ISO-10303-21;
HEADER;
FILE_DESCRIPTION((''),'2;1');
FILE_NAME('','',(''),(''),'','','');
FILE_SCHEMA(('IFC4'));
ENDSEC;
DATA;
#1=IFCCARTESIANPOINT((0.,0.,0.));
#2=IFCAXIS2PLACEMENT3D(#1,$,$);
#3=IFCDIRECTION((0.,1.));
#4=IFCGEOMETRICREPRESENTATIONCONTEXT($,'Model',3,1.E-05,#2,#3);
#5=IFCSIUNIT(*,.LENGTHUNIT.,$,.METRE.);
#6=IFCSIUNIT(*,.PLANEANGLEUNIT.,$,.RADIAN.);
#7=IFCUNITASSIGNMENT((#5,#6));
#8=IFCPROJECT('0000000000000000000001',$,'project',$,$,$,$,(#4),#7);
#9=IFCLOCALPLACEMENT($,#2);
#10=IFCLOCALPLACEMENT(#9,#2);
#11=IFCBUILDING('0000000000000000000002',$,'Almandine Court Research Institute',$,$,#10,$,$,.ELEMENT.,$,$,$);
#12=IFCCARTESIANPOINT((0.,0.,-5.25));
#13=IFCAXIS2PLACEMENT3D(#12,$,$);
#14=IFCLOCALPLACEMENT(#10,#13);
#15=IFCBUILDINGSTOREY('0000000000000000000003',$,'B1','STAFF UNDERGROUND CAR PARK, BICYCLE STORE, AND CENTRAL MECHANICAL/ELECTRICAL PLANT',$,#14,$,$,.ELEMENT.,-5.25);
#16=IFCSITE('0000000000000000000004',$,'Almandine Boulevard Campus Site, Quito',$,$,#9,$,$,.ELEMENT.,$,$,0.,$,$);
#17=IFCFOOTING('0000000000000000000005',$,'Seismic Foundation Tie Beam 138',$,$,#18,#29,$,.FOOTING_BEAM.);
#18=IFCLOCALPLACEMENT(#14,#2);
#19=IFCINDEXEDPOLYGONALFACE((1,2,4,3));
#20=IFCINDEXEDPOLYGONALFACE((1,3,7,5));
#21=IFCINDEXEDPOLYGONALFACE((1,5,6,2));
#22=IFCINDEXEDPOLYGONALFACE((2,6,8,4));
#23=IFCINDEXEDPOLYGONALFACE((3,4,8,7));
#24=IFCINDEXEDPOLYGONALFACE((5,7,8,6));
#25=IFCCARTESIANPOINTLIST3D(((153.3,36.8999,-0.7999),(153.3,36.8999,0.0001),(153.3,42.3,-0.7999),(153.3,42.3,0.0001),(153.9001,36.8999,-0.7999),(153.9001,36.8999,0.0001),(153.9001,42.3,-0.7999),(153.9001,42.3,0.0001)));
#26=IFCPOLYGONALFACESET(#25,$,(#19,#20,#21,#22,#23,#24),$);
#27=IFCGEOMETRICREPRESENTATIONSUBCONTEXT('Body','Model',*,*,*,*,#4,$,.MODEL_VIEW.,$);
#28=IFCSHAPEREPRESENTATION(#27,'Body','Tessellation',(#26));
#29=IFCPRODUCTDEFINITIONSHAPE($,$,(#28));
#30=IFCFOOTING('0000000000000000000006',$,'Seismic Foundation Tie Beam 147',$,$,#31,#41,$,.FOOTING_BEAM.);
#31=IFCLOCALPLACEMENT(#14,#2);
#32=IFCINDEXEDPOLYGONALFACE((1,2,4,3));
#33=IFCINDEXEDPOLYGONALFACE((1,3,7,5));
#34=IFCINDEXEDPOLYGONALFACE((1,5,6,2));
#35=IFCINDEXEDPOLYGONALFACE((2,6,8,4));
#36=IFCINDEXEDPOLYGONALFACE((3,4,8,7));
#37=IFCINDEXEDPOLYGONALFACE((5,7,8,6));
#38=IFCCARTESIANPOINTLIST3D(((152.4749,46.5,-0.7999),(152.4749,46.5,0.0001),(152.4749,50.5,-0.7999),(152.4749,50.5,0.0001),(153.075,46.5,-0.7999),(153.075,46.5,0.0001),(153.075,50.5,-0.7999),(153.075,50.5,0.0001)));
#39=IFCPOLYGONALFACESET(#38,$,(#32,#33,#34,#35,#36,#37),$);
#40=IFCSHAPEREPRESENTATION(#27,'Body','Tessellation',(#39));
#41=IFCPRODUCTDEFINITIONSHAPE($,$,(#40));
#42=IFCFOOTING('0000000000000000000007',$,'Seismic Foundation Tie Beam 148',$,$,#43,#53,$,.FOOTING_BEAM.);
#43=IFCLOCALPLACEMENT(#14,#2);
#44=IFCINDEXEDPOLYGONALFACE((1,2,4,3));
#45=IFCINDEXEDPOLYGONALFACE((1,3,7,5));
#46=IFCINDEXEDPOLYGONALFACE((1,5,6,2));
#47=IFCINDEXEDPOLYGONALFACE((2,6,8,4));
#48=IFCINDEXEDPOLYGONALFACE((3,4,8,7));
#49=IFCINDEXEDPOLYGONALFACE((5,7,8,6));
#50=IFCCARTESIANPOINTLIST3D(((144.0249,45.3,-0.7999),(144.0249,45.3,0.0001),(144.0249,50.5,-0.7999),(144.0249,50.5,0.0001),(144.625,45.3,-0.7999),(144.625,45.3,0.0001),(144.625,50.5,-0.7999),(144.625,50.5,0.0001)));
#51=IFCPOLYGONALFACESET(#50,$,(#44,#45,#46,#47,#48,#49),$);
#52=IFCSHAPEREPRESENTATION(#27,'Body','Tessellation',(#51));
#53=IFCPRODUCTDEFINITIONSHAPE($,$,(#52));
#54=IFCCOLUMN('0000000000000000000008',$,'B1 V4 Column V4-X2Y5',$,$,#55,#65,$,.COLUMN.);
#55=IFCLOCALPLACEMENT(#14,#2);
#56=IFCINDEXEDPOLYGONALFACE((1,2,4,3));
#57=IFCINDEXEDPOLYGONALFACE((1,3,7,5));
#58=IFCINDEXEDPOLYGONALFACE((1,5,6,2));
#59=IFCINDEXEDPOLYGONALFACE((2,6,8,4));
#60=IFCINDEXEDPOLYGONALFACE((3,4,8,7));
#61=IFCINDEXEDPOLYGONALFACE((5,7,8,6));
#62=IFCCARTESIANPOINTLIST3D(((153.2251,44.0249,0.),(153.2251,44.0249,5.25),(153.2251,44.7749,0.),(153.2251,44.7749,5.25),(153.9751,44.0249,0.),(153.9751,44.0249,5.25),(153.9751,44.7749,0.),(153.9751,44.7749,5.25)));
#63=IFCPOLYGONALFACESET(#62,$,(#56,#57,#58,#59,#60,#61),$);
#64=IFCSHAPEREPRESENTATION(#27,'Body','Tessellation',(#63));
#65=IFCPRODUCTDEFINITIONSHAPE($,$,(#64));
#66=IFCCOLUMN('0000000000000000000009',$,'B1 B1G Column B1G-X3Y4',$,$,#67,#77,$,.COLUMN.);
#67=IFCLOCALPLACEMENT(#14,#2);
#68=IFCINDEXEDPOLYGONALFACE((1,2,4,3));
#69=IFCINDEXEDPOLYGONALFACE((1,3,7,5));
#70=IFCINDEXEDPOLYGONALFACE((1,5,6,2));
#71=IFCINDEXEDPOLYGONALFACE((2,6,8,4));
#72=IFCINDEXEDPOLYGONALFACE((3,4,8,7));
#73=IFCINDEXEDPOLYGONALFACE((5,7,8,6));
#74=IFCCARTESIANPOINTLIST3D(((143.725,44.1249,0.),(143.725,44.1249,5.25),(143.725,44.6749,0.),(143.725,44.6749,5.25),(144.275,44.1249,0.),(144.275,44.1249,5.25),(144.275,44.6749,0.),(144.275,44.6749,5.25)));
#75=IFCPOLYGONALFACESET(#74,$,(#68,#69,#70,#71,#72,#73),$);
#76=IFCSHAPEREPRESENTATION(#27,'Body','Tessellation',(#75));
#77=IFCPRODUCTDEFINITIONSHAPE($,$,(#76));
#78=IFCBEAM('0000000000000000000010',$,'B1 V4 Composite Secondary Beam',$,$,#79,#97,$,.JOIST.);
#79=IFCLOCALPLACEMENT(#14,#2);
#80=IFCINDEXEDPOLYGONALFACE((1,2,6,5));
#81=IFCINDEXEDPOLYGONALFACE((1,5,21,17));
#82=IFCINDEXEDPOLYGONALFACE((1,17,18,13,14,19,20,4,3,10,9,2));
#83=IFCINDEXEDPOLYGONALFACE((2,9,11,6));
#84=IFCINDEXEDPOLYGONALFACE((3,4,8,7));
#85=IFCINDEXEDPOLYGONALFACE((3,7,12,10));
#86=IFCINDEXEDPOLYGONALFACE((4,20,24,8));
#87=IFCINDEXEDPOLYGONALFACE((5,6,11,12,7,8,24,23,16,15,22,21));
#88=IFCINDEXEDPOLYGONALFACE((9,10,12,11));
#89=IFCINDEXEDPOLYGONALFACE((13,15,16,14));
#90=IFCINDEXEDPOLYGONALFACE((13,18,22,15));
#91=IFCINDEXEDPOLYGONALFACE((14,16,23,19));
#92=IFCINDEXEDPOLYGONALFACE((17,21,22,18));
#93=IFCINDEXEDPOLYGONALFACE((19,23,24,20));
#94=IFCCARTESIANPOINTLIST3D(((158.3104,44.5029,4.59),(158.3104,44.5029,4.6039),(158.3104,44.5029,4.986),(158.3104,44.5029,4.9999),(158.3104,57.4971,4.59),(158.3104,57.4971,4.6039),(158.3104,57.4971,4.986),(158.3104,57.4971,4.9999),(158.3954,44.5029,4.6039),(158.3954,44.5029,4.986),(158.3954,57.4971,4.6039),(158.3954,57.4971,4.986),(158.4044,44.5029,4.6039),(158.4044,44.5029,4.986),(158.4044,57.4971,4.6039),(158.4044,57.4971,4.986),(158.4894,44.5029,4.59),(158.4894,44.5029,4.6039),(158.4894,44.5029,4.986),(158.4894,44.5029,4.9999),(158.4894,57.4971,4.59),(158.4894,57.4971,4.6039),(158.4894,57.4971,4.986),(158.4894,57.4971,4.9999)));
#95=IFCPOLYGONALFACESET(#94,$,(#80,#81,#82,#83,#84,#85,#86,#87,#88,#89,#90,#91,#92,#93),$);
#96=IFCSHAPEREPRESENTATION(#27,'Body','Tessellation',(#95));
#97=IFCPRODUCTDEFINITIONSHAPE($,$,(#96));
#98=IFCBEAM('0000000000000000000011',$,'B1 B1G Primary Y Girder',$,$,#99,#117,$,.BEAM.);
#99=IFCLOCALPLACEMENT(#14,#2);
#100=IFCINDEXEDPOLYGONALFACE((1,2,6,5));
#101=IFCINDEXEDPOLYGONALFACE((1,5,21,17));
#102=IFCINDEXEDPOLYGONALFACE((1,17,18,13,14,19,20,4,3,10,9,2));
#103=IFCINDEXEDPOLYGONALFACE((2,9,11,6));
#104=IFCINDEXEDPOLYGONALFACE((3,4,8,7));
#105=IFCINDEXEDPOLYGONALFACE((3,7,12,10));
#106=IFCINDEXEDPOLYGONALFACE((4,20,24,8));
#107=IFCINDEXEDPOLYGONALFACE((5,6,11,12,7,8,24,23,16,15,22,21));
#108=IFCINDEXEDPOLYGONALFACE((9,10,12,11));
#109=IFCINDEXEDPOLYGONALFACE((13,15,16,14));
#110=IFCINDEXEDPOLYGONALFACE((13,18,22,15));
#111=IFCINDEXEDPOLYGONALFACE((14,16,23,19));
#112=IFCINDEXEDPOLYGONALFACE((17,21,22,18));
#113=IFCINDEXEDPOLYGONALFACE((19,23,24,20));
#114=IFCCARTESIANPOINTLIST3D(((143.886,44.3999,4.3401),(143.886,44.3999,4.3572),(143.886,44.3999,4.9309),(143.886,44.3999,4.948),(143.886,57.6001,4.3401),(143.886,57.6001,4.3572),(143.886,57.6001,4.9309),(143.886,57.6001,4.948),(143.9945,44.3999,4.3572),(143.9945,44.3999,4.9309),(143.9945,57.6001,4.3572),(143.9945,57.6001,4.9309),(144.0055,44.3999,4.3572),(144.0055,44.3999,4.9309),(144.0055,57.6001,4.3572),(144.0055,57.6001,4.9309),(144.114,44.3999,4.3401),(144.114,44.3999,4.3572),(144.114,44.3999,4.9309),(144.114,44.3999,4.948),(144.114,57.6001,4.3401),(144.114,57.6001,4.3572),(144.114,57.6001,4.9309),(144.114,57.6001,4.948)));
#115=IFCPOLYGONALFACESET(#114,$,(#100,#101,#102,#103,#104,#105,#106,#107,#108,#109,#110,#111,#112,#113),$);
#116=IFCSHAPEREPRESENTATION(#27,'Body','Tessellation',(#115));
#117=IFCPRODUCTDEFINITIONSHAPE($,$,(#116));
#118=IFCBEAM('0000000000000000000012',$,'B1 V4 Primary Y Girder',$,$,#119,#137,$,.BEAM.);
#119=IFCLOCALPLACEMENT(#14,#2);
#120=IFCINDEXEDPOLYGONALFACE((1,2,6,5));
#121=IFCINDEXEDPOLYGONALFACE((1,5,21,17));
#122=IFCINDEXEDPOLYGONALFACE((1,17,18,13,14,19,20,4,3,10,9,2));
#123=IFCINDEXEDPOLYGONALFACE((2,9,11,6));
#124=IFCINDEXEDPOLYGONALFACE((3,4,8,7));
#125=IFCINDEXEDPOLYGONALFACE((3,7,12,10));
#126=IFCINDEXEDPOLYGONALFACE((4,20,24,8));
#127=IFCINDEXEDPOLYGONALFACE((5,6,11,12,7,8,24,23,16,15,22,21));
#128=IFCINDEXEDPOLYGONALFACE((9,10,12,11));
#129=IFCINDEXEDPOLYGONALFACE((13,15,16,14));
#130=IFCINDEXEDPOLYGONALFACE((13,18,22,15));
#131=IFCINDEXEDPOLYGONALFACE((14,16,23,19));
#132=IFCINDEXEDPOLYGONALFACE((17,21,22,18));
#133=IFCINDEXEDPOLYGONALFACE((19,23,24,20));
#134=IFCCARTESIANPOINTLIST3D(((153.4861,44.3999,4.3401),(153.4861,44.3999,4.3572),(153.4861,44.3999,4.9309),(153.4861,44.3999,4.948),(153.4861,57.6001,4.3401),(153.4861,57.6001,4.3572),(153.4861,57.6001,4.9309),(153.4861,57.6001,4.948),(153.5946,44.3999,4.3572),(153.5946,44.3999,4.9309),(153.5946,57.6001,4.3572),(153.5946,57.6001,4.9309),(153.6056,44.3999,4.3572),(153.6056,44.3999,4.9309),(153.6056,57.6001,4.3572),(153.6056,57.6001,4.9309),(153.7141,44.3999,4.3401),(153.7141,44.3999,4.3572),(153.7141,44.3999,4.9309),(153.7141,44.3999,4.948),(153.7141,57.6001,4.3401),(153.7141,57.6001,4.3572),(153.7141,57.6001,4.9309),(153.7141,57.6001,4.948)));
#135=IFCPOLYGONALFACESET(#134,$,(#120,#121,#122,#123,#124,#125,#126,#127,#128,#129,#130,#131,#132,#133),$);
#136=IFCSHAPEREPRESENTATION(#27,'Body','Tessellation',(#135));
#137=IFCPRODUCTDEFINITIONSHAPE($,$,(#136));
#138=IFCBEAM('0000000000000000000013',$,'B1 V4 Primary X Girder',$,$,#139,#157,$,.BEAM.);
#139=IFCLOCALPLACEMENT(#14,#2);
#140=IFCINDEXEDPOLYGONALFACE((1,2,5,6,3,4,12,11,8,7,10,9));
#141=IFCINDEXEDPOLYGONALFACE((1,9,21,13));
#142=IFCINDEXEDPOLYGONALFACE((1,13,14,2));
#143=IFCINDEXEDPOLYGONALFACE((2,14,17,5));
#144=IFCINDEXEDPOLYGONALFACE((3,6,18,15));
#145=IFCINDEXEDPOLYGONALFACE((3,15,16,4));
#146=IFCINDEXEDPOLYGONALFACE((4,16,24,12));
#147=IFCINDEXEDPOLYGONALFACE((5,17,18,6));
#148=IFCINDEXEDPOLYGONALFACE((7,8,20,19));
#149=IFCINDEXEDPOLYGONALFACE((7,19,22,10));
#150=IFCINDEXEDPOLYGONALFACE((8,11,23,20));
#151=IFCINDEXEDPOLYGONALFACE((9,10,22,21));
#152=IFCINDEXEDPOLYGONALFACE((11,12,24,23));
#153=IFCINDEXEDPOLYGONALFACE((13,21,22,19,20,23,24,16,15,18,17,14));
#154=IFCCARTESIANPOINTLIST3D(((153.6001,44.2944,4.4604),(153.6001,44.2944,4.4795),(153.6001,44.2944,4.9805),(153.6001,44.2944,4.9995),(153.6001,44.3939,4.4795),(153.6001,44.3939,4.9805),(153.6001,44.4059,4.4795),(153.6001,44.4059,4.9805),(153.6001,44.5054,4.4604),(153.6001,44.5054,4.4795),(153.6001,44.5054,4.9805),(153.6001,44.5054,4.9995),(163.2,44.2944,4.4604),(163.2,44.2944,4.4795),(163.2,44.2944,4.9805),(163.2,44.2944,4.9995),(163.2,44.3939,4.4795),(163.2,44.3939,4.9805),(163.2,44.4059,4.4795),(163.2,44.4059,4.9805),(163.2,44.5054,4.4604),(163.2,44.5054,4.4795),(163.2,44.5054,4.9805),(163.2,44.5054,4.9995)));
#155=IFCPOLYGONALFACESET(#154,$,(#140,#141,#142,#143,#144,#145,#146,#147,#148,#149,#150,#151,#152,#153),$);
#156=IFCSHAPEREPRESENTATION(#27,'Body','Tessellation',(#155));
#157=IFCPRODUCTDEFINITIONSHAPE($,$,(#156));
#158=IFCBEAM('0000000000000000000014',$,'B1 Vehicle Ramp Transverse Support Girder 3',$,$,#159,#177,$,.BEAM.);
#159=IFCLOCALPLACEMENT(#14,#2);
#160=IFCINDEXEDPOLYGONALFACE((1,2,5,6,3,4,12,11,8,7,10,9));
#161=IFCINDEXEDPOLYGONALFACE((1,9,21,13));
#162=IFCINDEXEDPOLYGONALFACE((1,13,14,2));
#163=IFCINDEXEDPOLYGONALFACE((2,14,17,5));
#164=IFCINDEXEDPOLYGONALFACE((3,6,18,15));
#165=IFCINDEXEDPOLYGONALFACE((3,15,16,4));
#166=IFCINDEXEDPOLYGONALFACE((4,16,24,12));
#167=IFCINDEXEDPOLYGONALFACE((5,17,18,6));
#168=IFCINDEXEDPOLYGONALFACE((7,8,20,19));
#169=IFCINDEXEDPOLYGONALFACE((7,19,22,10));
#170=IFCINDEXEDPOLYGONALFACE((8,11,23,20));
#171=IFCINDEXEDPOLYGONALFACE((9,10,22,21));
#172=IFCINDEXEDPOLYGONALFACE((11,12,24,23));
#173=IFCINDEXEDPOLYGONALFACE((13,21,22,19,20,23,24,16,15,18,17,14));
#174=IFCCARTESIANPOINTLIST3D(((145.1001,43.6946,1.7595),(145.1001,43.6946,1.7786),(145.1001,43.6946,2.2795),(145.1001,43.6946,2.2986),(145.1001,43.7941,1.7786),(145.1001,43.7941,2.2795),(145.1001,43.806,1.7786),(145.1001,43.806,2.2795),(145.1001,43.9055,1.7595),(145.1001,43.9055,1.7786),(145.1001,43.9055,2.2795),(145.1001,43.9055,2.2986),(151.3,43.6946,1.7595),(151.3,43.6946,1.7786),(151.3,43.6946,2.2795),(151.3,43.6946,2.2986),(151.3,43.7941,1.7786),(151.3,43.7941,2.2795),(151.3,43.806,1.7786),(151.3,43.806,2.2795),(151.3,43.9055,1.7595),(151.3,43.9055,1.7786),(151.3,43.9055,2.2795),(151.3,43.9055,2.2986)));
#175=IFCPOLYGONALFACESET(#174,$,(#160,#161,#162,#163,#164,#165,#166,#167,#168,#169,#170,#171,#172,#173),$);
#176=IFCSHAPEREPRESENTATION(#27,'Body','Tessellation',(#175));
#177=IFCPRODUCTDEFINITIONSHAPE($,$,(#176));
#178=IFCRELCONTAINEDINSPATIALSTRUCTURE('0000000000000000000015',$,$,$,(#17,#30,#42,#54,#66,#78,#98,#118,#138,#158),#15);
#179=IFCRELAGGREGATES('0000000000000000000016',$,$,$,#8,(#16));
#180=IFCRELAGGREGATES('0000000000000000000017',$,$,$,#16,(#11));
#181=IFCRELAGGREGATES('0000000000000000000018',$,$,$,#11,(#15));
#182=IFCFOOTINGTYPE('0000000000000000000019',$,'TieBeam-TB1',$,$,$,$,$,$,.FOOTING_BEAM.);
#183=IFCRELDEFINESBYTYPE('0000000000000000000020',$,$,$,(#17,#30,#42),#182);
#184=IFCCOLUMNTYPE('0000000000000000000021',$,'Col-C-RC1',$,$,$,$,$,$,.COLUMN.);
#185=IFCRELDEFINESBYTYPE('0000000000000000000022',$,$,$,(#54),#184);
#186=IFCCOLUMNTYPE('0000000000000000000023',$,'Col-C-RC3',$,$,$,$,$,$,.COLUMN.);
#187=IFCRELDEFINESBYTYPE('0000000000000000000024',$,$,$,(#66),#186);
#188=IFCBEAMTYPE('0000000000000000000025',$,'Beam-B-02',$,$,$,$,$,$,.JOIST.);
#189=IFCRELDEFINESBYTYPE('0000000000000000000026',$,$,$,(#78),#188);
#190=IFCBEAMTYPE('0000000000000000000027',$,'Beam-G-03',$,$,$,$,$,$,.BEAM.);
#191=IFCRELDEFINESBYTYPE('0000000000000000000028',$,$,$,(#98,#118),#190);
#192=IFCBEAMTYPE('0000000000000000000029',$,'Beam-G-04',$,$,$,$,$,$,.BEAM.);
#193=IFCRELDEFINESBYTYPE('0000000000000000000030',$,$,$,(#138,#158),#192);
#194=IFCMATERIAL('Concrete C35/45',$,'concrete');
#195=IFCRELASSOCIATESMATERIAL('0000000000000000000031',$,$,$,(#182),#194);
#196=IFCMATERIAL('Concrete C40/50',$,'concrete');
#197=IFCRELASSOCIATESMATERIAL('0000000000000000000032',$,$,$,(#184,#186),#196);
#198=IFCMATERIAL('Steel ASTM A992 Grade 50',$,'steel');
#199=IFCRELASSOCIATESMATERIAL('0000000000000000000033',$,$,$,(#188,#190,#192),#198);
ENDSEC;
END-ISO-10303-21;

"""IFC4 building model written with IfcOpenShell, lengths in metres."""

from ifc_helpers import new_model, si_unit, direction, frame, origin, origin_2d, place, context, subcontext, project, spatial, rectangle, i_section, extrude, material, material_profile, profile_set, type_object, element, save


model = new_model("IFC4")

# Units and contexts
model_context = context("Model", 3, precision=1e-05, world=origin(), true_north=direction((0.0, 1.0)))
body_context = subcontext(model_context, "Body", "Model", "MODEL_VIEW")
ifc_project = project(units=[si_unit("LENGTHUNIT", "METRE"), si_unit("PLANEANGLEUNIT", "RADIAN")], contexts=[model_context])

# Site, building, storey
site_placement = place(None, origin())
site = spatial("IfcSite", under=ifc_project, at=site_placement, Name="Almandine Boulevard Campus Site, Quito", CompositionType="ELEMENT", RefElevation=0.0)
building_placement = place(site_placement, origin())
building = spatial("IfcBuilding", under=site, at=building_placement, Name="Almandine Court Research Institute", CompositionType="ELEMENT")
storey_placement = place(building_placement, frame((0.0, 0.0, -5.25)))
storey = spatial("IfcBuildingStorey", under=building, at=storey_placement, Name="B1", Description="STAFF UNDERGROUND CAR PARK, BICYCLE STORE, AND CENTRAL MECHANICAL/ELECTRICAL PLANT", CompositionType="ELEMENT", Elevation=-5.25)

# Shared definitions
ifc_material_1 = material(Name="Concrete C35/45", Category="concrete")

# Footings
ifc_material_profile_1 = material_profile(ifc_material_1, rectangle(XDim=0.6001, YDim=0.8, at=origin_2d()), Name="RC TIE 600x800")
ifc_profile_set_1 = profile_set([ifc_material_profile_1], Name="Concrete C35/45")
footing_type_1 = type_object("IfcFootingType", Name="TieBeam-TB1", PredefinedType="FOOTING_BEAM", material=ifc_profile_set_1)
for number, where, z_axis, x_axis, name in (
    (1, (153.6001, 36.8999, -0.3999), (0.0, 1.0, 0.0), (-1.0, 0.0, 0.0), "Seismic Foundation Tie Beam 138"),
):
    element("IfcFooting", number, at=place(storey_placement, frame(where, z_axis=z_axis, x_axis=x_axis)), inside=storey, type_object=footing_type_1, Name=name, PredefinedType="FOOTING_BEAM", context=body_context, shape_type="SweptSolid", body=[
        extrude(rectangle(XDim=0.6001, YDim=0.8, at=origin_2d()), origin(), (0.0, 0.0, 1.0), 5.4001),
    ])
footing_1_placement = place(storey_placement, frame((152.7749, 46.5, -0.3999), z_axis=(0.0, 1.0, 0.0), x_axis=(-1.0, 0.0, 0.0)))
element("IfcFooting", 2, at=footing_1_placement, inside=storey, type_object=footing_type_1, Name="Seismic Foundation Tie Beam 147", PredefinedType="FOOTING_BEAM", context=body_context, shape_type="SweptSolid", body=[
    extrude(rectangle(XDim=0.6001, YDim=0.8, at=origin_2d()), origin(), (0.0, 0.0, 1.0), 4.0),
])
footing_2_placement = place(storey_placement, frame((144.325, 45.3, -0.3999), z_axis=(0.0, 1.0, 0.0), x_axis=(-1.0, 0.0, 0.0)))
element("IfcFooting", 3, at=footing_2_placement, inside=storey, type_object=footing_type_1, Name="Seismic Foundation Tie Beam 148", PredefinedType="FOOTING_BEAM", context=body_context, shape_type="SweptSolid", body=[
    extrude(rectangle(XDim=0.6001, YDim=0.8, at=origin_2d()), origin(), (0.0, 0.0, 1.0), 5.2),
])

# Columns
ifc_material_2 = material(Name="Concrete C40/50", Category="concrete")
ifc_material_profile_2 = material_profile(ifc_material_2, rectangle(XDim=0.75, YDim=0.75, at=origin_2d()), Name="RC 750x750")
ifc_profile_set_2 = profile_set([ifc_material_profile_2], Name="Concrete C40/50")
column_type_1 = type_object("IfcColumnType", Name="Col-C-RC1", PredefinedType="COLUMN", material=ifc_profile_set_2)
column_1_placement = place(storey_placement, frame((153.6001, 44.3999, 0.0), z_axis=(0.0, 0.0, 1.0), x_axis=(1.0, 0.0, 0.0)))
element("IfcColumn", 4, at=column_1_placement, inside=storey, type_object=column_type_1, Name="B1 V4 Column V4-X2Y5", PredefinedType="COLUMN", context=body_context, shape_type="SweptSolid", body=[
    extrude(rectangle(XDim=0.75, YDim=0.75, at=origin_2d()), origin(), (0.0, 0.0, 1.0), 5.25),
])
ifc_material_profile_3 = material_profile(ifc_material_2, rectangle(XDim=0.55, YDim=0.55, at=origin_2d()), Name="RC 550x550")
ifc_profile_set_3 = profile_set([ifc_material_profile_3], Name="Concrete C40/50")
column_type_2 = type_object("IfcColumnType", Name="Col-C-RC3", PredefinedType="COLUMN", material=ifc_profile_set_3)
column_2_placement = place(storey_placement, frame((144.0, 44.3999, 0.0), z_axis=(0.0, 0.0, 1.0), x_axis=(1.0, 0.0, 0.0)))
element("IfcColumn", 5, at=column_2_placement, inside=storey, type_object=column_type_2, Name="B1 B1G Column B1G-X3Y4", PredefinedType="COLUMN", context=body_context, shape_type="SweptSolid", body=[
    extrude(rectangle(XDim=0.55, YDim=0.55, at=origin_2d()), origin(), (0.0, 0.0, 1.0), 5.25),
])

# Beams
ifc_material_3 = material(Name="Steel ASTM A992 Grade 50", Category="steel")
ifc_material_profile_4 = material_profile(ifc_material_3, i_section(OverallWidth=0.179, OverallDepth=0.4099, WebThickness=0.009, FlangeThickness=0.0139, at=origin_2d()), Name="W410x67")
ifc_profile_set_4 = profile_set([ifc_material_profile_4], Name="Steel ASTM A992 Grade 50")
beam_type_1 = type_object("IfcBeamType", Name="Beam-B-02", PredefinedType="JOIST", material=ifc_profile_set_4)
beam_1_placement = place(storey_placement, frame((158.3999, 44.5029, 4.7949), z_axis=(0.0, 1.0, 0.0), x_axis=(-1.0, 0.0, 0.0)))
element("IfcBeam", 6, at=beam_1_placement, inside=storey, type_object=beam_type_1, Name="B1 V4 Composite Secondary Beam", PredefinedType="JOIST", context=body_context, shape_type="SweptSolid", body=[
    extrude(i_section(OverallWidth=0.179, OverallDepth=0.4099, WebThickness=0.009, FlangeThickness=0.0139, at=origin_2d()), origin(), (0.0, 0.0, 1.0), 12.9941),
])
ifc_material_profile_5 = material_profile(ifc_material_3, i_section(OverallWidth=0.228, OverallDepth=0.6079, WebThickness=0.011, FlangeThickness=0.0171, at=origin_2d()), Name="W610x113")
ifc_profile_set_5 = profile_set([ifc_material_profile_5], Name="Steel ASTM A992 Grade 50")
beam_type_2 = type_object("IfcBeamType", Name="Beam-G-03", PredefinedType="BEAM", material=ifc_profile_set_5)
for number, where, z_axis, x_axis, name in (
    (7, (144.0, 44.3999, 4.644), (0.0, 1.0, 0.0), (-1.0, 0.0, 0.0), "B1 B1G Primary Y Girder"),
    (8, (153.6001, 44.3999, 4.644), (0.0, 1.0, 0.0), (-1.0, 0.0, 0.0), "B1 V4 Primary Y Girder"),
):
    element("IfcBeam", number, at=place(storey_placement, frame(where, z_axis=z_axis, x_axis=x_axis)), inside=storey, type_object=beam_type_2, Name=name, PredefinedType="BEAM", context=body_context, shape_type="SweptSolid", body=[
        extrude(i_section(OverallWidth=0.228, OverallDepth=0.6079, WebThickness=0.011, FlangeThickness=0.0171, at=origin_2d()), origin(), (0.0, 0.0, 1.0), 13.2002),
    ])
ifc_material_profile_6 = material_profile(ifc_material_3, i_section(OverallWidth=0.2109, OverallDepth=0.5391, WebThickness=0.012, FlangeThickness=0.019, at=origin_2d()), Name="W530x109")
ifc_profile_set_6 = profile_set([ifc_material_profile_6], Name="Steel ASTM A992 Grade 50")
beam_type_3 = type_object("IfcBeamType", Name="Beam-G-04", PredefinedType="BEAM", material=ifc_profile_set_6)
beam_2_placement = place(storey_placement, frame((153.6001, 44.3999, 4.73), z_axis=(1.0, 0.0, 0.0), x_axis=(0.0, 1.0, 0.0)))
element("IfcBeam", 9, at=beam_2_placement, inside=storey, type_object=beam_type_3, Name="B1 V4 Primary X Girder", PredefinedType="BEAM", context=body_context, shape_type="SweptSolid", body=[
    extrude(i_section(OverallWidth=0.2109, OverallDepth=0.5391, WebThickness=0.012, FlangeThickness=0.019, at=origin_2d()), origin(), (0.0, 0.0, 1.0), 9.5999),
])
beam_3_placement = place(storey_placement, frame((145.1001, 43.8, 2.0291), z_axis=(1.0, 0.0, 0.0), x_axis=(0.0, 1.0, 0.0)))
element("IfcBeam", 10, at=beam_3_placement, inside=storey, type_object=beam_type_3, Name="B1 Vehicle Ramp Transverse Support Girder 3", PredefinedType="BEAM", context=body_context, shape_type="SweptSolid", body=[
    extrude(i_section(OverallWidth=0.2109, OverallDepth=0.5391, WebThickness=0.012, FlangeThickness=0.019, at=origin_2d()), origin(), (0.0, 0.0, 1.0), 6.2),
])

save(model, "model.ifc")
